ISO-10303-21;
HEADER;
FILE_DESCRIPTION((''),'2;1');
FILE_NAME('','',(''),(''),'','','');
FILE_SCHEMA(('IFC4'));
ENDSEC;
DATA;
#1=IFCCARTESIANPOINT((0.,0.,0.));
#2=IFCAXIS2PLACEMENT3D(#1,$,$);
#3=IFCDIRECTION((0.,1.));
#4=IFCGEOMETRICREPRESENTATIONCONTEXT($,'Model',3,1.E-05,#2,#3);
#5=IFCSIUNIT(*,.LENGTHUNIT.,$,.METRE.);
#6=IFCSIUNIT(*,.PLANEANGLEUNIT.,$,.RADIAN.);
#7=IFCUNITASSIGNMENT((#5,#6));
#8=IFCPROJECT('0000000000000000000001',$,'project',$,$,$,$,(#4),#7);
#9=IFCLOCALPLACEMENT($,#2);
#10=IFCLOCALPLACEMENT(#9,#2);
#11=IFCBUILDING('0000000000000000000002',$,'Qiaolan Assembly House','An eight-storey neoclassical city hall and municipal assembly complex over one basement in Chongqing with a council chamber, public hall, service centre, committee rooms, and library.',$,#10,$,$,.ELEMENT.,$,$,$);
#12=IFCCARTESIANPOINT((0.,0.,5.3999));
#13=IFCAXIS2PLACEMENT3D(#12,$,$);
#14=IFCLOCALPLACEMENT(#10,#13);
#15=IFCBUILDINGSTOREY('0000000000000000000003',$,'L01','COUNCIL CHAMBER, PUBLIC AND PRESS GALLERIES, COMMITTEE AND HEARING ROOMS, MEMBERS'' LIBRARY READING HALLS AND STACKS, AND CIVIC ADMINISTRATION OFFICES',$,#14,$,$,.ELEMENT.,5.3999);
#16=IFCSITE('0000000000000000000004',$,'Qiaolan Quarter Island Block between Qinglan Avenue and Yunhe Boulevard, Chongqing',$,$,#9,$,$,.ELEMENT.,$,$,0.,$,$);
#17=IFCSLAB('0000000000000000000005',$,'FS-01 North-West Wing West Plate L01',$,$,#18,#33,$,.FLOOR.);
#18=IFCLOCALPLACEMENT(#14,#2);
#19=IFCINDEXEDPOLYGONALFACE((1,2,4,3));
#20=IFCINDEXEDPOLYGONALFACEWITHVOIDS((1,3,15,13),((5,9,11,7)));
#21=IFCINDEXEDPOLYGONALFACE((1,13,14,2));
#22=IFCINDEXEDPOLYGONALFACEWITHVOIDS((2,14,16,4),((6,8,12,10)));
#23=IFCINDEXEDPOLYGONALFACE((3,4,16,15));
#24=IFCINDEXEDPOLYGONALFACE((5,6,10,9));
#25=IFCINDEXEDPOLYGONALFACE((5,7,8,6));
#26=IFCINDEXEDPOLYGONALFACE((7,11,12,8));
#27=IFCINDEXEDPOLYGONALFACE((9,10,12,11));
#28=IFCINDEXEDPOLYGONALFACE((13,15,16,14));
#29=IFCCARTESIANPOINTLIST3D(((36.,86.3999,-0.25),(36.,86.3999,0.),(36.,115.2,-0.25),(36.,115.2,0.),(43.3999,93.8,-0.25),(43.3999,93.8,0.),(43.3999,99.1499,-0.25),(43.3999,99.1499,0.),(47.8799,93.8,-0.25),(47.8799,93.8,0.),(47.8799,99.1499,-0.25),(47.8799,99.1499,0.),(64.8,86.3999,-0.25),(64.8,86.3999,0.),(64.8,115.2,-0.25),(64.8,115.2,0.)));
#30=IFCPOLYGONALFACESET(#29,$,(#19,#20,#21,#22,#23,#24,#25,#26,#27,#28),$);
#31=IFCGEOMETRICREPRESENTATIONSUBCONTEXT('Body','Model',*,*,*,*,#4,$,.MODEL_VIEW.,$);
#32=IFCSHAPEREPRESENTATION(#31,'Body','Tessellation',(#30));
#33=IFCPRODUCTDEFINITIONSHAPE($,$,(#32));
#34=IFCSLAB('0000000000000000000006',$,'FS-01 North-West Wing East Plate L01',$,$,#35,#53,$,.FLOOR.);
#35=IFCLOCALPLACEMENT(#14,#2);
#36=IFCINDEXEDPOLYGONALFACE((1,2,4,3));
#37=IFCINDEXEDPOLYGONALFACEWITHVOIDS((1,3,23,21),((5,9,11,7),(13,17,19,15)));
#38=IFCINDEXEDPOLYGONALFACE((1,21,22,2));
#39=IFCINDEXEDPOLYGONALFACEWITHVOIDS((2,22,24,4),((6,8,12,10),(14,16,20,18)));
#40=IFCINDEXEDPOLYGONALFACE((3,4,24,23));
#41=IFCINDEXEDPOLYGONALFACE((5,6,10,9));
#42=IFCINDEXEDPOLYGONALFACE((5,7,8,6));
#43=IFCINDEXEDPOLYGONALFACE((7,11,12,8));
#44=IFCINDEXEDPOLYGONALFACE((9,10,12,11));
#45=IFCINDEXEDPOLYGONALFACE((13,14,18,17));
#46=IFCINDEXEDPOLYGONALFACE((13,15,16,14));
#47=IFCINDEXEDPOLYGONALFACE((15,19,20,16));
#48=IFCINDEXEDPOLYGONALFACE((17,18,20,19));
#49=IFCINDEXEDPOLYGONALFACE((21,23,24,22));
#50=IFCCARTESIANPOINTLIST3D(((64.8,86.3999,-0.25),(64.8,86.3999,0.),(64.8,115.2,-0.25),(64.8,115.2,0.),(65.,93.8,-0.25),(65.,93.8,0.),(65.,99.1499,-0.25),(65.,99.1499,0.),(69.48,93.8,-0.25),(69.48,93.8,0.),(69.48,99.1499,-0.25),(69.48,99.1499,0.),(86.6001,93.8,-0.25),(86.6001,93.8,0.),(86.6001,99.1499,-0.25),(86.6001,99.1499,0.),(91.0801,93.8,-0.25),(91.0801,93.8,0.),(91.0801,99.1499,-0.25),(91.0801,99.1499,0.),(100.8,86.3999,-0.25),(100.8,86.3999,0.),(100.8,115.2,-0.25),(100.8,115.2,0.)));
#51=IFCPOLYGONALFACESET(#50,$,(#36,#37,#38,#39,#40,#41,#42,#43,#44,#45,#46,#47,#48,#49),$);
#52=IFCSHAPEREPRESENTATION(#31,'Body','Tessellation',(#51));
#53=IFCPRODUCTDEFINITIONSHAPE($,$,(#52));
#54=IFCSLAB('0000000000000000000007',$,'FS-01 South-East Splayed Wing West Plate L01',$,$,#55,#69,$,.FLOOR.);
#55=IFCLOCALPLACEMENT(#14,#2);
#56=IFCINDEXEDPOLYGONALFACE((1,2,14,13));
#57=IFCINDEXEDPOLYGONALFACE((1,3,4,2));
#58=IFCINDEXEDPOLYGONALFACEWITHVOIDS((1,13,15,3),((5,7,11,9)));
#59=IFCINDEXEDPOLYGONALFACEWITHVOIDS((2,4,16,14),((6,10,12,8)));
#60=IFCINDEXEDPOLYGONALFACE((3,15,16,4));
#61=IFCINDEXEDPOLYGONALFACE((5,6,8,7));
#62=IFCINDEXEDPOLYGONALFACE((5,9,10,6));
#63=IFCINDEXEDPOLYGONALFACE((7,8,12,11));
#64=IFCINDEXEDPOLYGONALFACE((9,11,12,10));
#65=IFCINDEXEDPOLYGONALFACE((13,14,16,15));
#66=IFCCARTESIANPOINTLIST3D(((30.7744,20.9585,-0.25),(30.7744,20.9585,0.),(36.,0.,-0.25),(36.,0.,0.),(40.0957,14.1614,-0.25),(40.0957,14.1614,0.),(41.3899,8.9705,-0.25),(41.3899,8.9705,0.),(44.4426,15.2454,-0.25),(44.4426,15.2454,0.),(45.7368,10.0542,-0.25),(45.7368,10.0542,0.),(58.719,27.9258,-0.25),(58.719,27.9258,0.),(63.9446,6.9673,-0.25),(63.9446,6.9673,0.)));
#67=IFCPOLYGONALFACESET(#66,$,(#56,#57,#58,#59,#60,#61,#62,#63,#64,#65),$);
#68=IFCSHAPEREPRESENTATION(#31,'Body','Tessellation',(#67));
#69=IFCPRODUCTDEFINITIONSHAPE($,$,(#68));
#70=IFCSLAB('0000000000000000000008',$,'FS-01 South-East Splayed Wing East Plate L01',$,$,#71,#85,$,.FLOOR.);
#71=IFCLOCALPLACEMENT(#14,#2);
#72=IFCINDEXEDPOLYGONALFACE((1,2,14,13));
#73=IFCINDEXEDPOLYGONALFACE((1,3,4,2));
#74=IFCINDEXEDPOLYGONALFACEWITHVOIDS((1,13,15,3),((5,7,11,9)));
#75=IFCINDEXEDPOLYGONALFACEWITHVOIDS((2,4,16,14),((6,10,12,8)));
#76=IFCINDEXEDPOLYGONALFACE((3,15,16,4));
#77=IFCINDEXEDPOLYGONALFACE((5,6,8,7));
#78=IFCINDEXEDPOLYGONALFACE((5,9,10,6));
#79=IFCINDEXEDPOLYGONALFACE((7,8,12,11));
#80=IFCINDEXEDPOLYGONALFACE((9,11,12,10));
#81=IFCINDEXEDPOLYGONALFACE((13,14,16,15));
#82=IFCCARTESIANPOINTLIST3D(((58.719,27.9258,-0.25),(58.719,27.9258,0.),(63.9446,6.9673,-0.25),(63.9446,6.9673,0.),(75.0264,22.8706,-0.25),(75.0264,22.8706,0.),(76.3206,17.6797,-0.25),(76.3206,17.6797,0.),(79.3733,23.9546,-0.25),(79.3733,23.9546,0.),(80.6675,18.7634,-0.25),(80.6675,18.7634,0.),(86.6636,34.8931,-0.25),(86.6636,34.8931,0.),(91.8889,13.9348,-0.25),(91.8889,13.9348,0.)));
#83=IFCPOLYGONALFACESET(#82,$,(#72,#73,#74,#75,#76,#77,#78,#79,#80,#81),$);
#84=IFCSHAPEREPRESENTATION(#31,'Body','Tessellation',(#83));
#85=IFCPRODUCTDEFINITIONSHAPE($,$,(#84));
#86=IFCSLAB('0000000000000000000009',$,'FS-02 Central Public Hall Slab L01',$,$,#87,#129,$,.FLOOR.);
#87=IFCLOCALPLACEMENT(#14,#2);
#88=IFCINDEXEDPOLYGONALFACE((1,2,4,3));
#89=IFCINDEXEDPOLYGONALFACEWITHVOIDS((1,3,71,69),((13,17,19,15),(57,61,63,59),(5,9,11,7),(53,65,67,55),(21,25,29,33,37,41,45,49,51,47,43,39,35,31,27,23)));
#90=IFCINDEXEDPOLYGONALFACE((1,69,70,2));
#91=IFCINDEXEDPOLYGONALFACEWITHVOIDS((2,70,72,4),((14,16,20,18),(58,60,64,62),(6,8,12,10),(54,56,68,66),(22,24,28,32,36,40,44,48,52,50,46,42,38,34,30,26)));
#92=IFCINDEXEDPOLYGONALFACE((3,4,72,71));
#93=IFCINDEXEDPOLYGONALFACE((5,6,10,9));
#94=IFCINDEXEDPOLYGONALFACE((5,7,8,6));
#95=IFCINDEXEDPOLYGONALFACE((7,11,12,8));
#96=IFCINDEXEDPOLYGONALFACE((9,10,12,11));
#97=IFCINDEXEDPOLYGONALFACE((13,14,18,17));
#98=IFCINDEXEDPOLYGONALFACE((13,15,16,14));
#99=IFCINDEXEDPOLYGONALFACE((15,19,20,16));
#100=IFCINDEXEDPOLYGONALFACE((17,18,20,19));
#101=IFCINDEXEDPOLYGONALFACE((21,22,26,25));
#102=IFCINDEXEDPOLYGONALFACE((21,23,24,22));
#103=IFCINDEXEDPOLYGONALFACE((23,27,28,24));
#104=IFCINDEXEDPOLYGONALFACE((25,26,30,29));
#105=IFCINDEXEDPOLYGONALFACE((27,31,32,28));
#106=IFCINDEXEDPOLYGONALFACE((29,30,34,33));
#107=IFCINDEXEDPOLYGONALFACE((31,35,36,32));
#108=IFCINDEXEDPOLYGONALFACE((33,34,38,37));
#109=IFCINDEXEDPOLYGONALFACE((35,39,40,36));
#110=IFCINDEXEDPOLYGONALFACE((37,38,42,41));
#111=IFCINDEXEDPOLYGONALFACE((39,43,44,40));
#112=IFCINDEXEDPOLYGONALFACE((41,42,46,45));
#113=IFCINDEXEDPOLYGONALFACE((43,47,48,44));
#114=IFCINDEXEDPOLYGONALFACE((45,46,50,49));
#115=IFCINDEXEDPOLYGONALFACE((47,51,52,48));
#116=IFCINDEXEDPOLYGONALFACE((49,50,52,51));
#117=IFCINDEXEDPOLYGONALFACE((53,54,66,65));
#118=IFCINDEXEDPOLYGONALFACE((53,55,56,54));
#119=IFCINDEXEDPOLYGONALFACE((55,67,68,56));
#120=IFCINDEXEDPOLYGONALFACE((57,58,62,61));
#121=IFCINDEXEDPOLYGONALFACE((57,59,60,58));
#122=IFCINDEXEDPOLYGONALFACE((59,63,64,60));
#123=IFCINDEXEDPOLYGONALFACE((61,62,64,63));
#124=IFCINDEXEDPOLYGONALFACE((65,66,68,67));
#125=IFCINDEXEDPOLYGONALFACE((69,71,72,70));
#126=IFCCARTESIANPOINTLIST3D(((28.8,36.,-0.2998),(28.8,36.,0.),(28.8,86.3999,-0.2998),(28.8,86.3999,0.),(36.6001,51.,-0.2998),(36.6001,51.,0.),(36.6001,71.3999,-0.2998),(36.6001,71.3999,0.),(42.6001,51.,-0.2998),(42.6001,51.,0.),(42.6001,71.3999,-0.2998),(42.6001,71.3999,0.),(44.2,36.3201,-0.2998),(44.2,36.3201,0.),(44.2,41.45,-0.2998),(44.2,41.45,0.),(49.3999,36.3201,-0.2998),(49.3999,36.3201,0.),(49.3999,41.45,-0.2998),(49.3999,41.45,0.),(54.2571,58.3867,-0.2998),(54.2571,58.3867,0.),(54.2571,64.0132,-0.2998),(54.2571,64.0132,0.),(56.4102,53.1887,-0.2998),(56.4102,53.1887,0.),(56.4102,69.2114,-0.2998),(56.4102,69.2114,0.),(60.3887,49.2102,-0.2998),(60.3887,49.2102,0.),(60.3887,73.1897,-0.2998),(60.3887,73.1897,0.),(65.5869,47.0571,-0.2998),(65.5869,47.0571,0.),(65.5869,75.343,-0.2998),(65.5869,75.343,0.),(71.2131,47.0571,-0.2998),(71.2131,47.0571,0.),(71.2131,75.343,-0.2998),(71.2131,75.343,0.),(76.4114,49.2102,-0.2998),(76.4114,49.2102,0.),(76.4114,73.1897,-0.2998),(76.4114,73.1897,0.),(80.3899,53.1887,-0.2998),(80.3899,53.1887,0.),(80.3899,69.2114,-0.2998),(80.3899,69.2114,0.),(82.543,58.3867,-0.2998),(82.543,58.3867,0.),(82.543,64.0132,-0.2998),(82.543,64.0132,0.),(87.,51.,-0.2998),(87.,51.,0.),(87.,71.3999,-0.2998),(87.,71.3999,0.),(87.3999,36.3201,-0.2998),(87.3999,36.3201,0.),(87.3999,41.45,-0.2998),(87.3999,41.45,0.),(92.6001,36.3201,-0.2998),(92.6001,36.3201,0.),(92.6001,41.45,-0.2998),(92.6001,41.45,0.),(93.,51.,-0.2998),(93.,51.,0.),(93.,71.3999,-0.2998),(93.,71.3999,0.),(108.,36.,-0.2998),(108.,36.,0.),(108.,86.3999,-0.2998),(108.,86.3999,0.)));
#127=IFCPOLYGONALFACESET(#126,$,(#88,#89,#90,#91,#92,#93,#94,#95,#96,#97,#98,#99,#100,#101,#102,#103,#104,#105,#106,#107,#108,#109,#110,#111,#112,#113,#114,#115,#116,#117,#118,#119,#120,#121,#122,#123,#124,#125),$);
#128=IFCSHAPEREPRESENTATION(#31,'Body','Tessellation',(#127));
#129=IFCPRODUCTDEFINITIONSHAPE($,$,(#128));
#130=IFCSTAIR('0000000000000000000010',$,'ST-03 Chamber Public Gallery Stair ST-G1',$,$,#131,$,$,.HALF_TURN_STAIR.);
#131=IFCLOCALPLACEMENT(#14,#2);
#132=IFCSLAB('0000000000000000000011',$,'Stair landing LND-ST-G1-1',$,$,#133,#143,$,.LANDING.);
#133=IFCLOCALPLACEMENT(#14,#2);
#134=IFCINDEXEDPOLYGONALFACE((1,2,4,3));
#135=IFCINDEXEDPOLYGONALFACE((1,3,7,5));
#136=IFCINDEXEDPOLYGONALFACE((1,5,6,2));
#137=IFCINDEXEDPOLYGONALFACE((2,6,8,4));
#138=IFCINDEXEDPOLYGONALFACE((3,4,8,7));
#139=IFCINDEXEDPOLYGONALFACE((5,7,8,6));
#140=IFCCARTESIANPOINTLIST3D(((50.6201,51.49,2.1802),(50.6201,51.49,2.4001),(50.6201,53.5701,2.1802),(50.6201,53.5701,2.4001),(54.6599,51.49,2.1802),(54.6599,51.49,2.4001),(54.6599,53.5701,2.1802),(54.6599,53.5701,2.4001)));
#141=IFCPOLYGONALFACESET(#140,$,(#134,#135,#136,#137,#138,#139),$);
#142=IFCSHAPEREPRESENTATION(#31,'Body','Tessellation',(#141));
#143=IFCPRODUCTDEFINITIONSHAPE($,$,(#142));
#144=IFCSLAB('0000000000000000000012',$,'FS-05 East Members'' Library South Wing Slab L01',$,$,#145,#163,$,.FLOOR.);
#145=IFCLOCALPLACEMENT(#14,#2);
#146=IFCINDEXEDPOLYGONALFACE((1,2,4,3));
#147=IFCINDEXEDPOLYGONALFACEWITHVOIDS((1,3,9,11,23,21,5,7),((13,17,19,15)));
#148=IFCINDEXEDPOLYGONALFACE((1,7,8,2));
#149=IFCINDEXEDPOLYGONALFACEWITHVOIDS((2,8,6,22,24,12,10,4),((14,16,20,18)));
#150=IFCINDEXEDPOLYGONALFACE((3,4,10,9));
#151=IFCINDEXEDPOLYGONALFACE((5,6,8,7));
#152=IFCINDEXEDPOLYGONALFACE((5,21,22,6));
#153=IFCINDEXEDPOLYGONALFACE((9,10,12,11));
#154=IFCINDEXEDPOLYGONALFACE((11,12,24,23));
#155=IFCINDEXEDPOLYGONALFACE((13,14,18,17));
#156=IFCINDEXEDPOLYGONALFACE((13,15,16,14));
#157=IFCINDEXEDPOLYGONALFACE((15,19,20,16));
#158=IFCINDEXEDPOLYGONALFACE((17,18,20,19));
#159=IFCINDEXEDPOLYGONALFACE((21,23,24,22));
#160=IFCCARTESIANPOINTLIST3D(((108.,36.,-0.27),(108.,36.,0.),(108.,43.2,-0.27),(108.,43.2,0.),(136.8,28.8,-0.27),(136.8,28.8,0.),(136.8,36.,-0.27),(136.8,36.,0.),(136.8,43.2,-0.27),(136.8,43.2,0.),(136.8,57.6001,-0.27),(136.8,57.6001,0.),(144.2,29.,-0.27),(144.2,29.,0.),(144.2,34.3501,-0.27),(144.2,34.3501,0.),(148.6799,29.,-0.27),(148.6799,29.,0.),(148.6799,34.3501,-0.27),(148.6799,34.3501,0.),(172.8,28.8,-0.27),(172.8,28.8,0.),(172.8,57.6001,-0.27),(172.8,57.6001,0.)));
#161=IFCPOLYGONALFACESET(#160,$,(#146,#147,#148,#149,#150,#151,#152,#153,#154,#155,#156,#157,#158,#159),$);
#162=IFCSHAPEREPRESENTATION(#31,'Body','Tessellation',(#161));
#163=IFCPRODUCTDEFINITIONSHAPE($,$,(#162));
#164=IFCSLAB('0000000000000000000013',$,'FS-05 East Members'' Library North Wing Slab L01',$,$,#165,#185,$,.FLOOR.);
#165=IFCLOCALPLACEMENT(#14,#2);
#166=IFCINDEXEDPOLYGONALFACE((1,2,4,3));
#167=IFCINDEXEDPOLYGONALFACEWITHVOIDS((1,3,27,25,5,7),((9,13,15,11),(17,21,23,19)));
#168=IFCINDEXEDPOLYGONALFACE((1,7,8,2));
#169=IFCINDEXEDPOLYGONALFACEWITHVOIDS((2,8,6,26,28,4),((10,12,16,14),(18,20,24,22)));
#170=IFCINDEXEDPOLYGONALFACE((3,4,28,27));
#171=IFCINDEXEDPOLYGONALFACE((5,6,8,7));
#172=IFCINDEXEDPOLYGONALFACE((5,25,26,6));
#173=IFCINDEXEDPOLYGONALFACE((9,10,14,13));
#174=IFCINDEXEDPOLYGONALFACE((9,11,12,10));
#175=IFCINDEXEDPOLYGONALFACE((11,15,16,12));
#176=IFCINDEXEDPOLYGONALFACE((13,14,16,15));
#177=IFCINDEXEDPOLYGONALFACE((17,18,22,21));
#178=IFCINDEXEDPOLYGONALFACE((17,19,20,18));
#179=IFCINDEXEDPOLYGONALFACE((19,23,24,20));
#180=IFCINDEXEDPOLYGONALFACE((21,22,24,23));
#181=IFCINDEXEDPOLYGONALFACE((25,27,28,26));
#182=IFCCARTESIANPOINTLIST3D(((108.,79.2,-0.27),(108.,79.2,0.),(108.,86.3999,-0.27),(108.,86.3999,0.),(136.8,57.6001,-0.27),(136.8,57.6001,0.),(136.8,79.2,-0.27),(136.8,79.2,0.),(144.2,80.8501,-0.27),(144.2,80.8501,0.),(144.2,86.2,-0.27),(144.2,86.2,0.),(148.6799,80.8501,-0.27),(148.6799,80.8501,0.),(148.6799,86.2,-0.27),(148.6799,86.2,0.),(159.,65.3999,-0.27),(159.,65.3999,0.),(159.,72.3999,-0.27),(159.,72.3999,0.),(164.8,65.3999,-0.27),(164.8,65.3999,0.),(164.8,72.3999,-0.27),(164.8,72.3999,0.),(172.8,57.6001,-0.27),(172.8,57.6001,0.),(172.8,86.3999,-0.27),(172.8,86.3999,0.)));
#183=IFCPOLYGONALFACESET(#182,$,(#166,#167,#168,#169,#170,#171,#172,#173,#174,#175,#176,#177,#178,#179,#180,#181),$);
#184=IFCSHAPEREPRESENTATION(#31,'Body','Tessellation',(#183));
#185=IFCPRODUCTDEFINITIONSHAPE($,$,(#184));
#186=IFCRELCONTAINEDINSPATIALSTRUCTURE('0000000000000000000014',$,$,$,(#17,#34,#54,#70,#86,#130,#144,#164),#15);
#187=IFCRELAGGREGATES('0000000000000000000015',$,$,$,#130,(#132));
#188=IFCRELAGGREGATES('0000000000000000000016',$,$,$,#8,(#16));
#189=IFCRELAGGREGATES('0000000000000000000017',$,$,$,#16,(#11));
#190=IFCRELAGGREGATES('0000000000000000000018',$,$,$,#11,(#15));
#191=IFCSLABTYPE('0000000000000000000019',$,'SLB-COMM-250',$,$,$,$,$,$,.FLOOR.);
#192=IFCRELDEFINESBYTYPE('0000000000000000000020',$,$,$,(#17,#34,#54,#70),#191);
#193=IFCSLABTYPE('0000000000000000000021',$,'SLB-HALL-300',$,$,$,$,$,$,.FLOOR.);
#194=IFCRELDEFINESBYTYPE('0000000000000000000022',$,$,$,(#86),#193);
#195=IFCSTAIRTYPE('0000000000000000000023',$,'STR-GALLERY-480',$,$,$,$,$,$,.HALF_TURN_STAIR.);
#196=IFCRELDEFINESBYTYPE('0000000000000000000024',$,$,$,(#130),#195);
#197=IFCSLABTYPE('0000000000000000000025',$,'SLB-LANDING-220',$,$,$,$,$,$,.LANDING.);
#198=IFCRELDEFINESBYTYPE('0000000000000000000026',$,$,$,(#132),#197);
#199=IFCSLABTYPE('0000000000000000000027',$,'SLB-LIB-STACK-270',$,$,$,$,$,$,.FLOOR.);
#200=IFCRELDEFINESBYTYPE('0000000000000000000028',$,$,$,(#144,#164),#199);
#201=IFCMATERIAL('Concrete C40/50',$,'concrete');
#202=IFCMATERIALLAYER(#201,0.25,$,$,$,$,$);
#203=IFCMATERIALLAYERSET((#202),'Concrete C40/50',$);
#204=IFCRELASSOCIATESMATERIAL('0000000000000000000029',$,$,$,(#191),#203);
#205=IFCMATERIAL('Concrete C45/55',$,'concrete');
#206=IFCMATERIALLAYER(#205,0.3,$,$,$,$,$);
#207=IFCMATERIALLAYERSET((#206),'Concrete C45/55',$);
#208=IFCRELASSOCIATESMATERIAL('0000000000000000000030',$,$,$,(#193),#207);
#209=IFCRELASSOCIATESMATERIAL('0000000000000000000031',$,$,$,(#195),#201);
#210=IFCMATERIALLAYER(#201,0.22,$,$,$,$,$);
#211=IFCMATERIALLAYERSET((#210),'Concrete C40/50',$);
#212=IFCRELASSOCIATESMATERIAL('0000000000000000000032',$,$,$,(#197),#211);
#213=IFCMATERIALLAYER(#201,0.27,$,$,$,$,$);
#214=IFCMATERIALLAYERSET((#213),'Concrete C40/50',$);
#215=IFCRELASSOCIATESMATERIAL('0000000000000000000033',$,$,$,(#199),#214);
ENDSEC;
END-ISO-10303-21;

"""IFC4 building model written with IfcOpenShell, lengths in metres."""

from ifc_helpers import new_model, si_unit, direction, frame, origin, place, context, subcontext, project, spatial, polyline, outline, extrude, material, layer, layer_set, type_object, element, aggregate, save


model = new_model("IFC4")

# Units and contexts
model_context = context("Model", 3, precision=1e-05, world=origin(), true_north=direction((0.0, 1.0)))
body_context = subcontext(model_context, "Body", "Model", "MODEL_VIEW")
ifc_project = project(units=[si_unit("LENGTHUNIT", "METRE"), si_unit("PLANEANGLEUNIT", "RADIAN")], contexts=[model_context])

# Site, building, storey
site_placement = place(None, origin())
site = spatial("IfcSite", under=ifc_project, at=site_placement, Name="Qiaolan Quarter Island Block between Qinglan Avenue and Yunhe Boulevard, Chongqing", CompositionType="ELEMENT", RefElevation=0.0)
building_placement = place(site_placement, origin())
building = spatial("IfcBuilding", under=site, at=building_placement, Name="Qiaolan Assembly House", Description="An eight-storey neoclassical city hall and municipal assembly complex over one basement in Chongqing with a council chamber, public hall, service centre, committee rooms, and library.", CompositionType="ELEMENT")
storey_placement = place(building_placement, frame((0.0, 0.0, 5.3999)))
storey = spatial("IfcBuildingStorey", under=building, at=storey_placement, Name="L01", Description="COUNCIL CHAMBER, PUBLIC AND PRESS GALLERIES, COMMITTEE AND HEARING ROOMS, MEMBERS' LIBRARY READING HALLS AND STACKS, AND CIVIC ADMINISTRATION OFFICES", CompositionType="ELEMENT", Elevation=5.3999)

# Slabs
ifc_material_1 = material(Name="Concrete C45/55", Category="concrete")
ifc_material_2 = material(Name="Concrete C40/50", Category="concrete")
ifc_layer_1 = layer(ifc_material_2, 0.25)
ifc_layer_set_1 = layer_set([ifc_layer_1], Name="Concrete C40/50")
slab_type_1 = type_object("IfcSlabType", Name="SLB-COMM-250", PredefinedType="FLOOR", material=ifc_layer_set_1)
slab_1_placement = place(storey_placement, frame((0.0, 0.0, -0.25)))
element("IfcSlab", 1, at=slab_1_placement, inside=storey, type_object=slab_type_1, Name="FS-01 North-West Wing West Plate L01", PredefinedType="FLOOR", context=body_context, shape_type="SweptSolid", body=[
    extrude(outline(polyline([(36.0, 86.3999), (64.8, 86.3999), (64.8, 115.2), (36.0, 115.2), (36.0, 86.3999)]), holes=[polyline([(43.3999, 93.8), (43.3999, 99.1499), (47.8799, 99.1499), (47.8799, 93.8), (43.3999, 93.8)])]), origin(), (0.0, 0.0, 1.0), 0.25),
])
slab_2_placement = place(storey_placement, frame((0.0, 0.0, -0.25)))
element("IfcSlab", 2, at=slab_2_placement, inside=storey, type_object=slab_type_1, Name="FS-01 North-West Wing East Plate L01", PredefinedType="FLOOR", context=body_context, shape_type="SweptSolid", body=[
    extrude(outline(polyline([(64.8, 86.3999), (100.8, 86.3999), (100.8, 115.2), (64.8, 115.2), (64.8, 86.3999)]), holes=[polyline([(65.0, 93.8), (65.0, 99.1499), (69.48, 99.1499), (69.48, 93.8), (65.0, 93.8)]), polyline([(86.6001, 93.8), (86.6001, 99.1499), (91.0801, 99.1499), (91.0801, 93.8), (86.6001, 93.8)])]), origin(), (0.0, 0.0, 1.0), 0.25),
])
slab_3_placement = place(storey_placement, frame((0.0, 0.0, -0.25)))
element("IfcSlab", 3, at=slab_3_placement, inside=storey, type_object=slab_type_1, Name="FS-01 South-East Splayed Wing West Plate L01", PredefinedType="FLOOR", context=body_context, shape_type="SweptSolid", body=[
    extrude(outline(polyline([(36.0, 0.0), (63.9446, 6.9673), (58.719, 27.9258), (30.7744, 20.9585), (36.0, 0.0)]), holes=[polyline([(40.0957, 14.1614), (44.4426, 15.2454), (45.7368, 10.0542), (41.3899, 8.9705), (40.0957, 14.1614)])]), origin(), (0.0, 0.0, 1.0), 0.25),
])
slab_4_placement = place(storey_placement, frame((0.0, 0.0, -0.25)))
element("IfcSlab", 4, at=slab_4_placement, inside=storey, type_object=slab_type_1, Name="FS-01 South-East Splayed Wing East Plate L01", PredefinedType="FLOOR", context=body_context, shape_type="SweptSolid", body=[
    extrude(outline(polyline([(63.9446, 6.9673), (91.8889, 13.9348), (86.6636, 34.8931), (58.719, 27.9258), (63.9446, 6.9673)]), holes=[polyline([(75.0264, 22.8706), (79.3733, 23.9546), (80.6675, 18.7634), (76.3206, 17.6797), (75.0264, 22.8706)])]), origin(), (0.0, 0.0, 1.0), 0.25),
])
ifc_layer_2 = layer(ifc_material_1, 0.3)
ifc_layer_set_2 = layer_set([ifc_layer_2], Name="Concrete C45/55")
slab_type_2 = type_object("IfcSlabType", Name="SLB-HALL-300", PredefinedType="FLOOR", material=ifc_layer_set_2)
slab_5_placement = place(storey_placement, frame((0.0, 0.0, -0.2998)))
element("IfcSlab", 5, at=slab_5_placement, inside=storey, type_object=slab_type_2, Name="FS-02 Central Public Hall Slab L01", PredefinedType="FLOOR", context=body_context, shape_type="SweptSolid", body=[
    extrude(outline(polyline([(28.8, 36.0), (108.0, 36.0), (108.0, 86.3999), (28.8, 86.3999), (28.8, 36.0)]), holes=[polyline([(82.543, 58.3867), (80.3899, 53.1887), (76.4114, 49.2102), (71.2131, 47.0571), (65.5869, 47.0571), (60.3887, 49.2102), (56.4102, 53.1887), (54.2571, 58.3867), (54.2571, 64.0132), (56.4102, 69.2114), (60.3887, 73.1897), (65.5869, 75.343), (71.2131, 75.343), (76.4114, 73.1897), (80.3899, 69.2114), (82.543, 64.0132), (82.543, 58.3867)]), polyline([(36.6001, 51.0), (36.6001, 71.3999), (42.6001, 71.3999), (42.6001, 51.0), (36.6001, 51.0)]), polyline([(87.0, 51.0), (87.0, 71.3999), (93.0, 71.3999), (93.0, 51.0), (87.0, 51.0)]), polyline([(44.2, 36.3201), (44.2, 41.45), (49.3999, 41.45), (49.3999, 36.3201), (44.2, 36.3201)]), polyline([(87.3999, 36.3201), (87.3999, 41.45), (92.6001, 41.45), (92.6001, 36.3201), (87.3999, 36.3201)])]), origin(), (0.0, 0.0, 1.0), 0.2998),
])

# Stair, slab
stair_type = type_object("IfcStairType", Name="STR-GALLERY-480", PredefinedType="HALF_TURN_STAIR", material=ifc_material_2)
stair_placement = place(storey_placement, origin())
stair = element("IfcStair", 6, at=stair_placement, inside=storey, type_object=stair_type, Name="ST-03 Chamber Public Gallery Stair ST-G1", PredefinedType="HALF_TURN_STAIR")
ifc_layer_3 = layer(ifc_material_2, 0.22)
ifc_layer_set_3 = layer_set([ifc_layer_3], Name="Concrete C40/50")
slab_type_3 = type_object("IfcSlabType", Name="SLB-LANDING-220", PredefinedType="LANDING", material=ifc_layer_set_3)
slab_6_placement = place(storey_placement, frame((0.0, 0.0, 2.1802)))
slab_6 = element("IfcSlab", 7, at=slab_6_placement, type_object=slab_type_3, Name="Stair landing LND-ST-G1-1", PredefinedType="LANDING", context=body_context, shape_type="SweptSolid", body=[
    extrude(outline(polyline([(50.6201, 51.49), (50.6201, 53.5701), (54.6599, 53.5701), (54.6599, 51.49), (50.6201, 51.49)])), origin(), (0.0, 0.0, 1.0), 0.22),
])
aggregate(stair, [slab_6])

# Slabs
ifc_layer_4 = layer(ifc_material_2, 0.27)
ifc_layer_set_4 = layer_set([ifc_layer_4], Name="Concrete C40/50")
slab_type_4 = type_object("IfcSlabType", Name="SLB-LIB-STACK-270", PredefinedType="FLOOR", material=ifc_layer_set_4)
slab_7_placement = place(storey_placement, frame((0.0, 0.0, -0.27)))
element("IfcSlab", 8, at=slab_7_placement, inside=storey, type_object=slab_type_4, Name="FS-05 East Members' Library South Wing Slab L01", PredefinedType="FLOOR", context=body_context, shape_type="SweptSolid", body=[
    extrude(outline(polyline([(108.0, 36.0), (136.8, 36.0), (136.8, 28.8), (172.8, 28.8), (172.8, 57.6001), (136.8, 57.6001), (136.8, 43.2), (108.0, 43.2), (108.0, 36.0)]), holes=[polyline([(144.2, 29.0), (144.2, 34.3501), (148.6799, 34.3501), (148.6799, 29.0), (144.2, 29.0)])]), origin(), (0.0, 0.0, 1.0), 0.27),
])
slab_8_placement = place(storey_placement, frame((0.0, 0.0, -0.27)))
element("IfcSlab", 9, at=slab_8_placement, inside=storey, type_object=slab_type_4, Name="FS-05 East Members' Library North Wing Slab L01", PredefinedType="FLOOR", context=body_context, shape_type="SweptSolid", body=[
    extrude(outline(polyline([(136.8, 57.6001), (172.8, 57.6001), (172.8, 86.3999), (108.0, 86.3999), (108.0, 79.2), (136.8, 79.2), (136.8, 57.6001)]), holes=[polyline([(144.2, 80.8501), (144.2, 86.2), (148.6799, 86.2), (148.6799, 80.8501), (144.2, 80.8501)]), polyline([(159.0, 65.3999), (159.0, 72.3999), (164.8, 72.3999), (164.8, 65.3999), (159.0, 65.3999)])]), origin(), (0.0, 0.0, 1.0), 0.27),
])

save(model, "model.ifc")
